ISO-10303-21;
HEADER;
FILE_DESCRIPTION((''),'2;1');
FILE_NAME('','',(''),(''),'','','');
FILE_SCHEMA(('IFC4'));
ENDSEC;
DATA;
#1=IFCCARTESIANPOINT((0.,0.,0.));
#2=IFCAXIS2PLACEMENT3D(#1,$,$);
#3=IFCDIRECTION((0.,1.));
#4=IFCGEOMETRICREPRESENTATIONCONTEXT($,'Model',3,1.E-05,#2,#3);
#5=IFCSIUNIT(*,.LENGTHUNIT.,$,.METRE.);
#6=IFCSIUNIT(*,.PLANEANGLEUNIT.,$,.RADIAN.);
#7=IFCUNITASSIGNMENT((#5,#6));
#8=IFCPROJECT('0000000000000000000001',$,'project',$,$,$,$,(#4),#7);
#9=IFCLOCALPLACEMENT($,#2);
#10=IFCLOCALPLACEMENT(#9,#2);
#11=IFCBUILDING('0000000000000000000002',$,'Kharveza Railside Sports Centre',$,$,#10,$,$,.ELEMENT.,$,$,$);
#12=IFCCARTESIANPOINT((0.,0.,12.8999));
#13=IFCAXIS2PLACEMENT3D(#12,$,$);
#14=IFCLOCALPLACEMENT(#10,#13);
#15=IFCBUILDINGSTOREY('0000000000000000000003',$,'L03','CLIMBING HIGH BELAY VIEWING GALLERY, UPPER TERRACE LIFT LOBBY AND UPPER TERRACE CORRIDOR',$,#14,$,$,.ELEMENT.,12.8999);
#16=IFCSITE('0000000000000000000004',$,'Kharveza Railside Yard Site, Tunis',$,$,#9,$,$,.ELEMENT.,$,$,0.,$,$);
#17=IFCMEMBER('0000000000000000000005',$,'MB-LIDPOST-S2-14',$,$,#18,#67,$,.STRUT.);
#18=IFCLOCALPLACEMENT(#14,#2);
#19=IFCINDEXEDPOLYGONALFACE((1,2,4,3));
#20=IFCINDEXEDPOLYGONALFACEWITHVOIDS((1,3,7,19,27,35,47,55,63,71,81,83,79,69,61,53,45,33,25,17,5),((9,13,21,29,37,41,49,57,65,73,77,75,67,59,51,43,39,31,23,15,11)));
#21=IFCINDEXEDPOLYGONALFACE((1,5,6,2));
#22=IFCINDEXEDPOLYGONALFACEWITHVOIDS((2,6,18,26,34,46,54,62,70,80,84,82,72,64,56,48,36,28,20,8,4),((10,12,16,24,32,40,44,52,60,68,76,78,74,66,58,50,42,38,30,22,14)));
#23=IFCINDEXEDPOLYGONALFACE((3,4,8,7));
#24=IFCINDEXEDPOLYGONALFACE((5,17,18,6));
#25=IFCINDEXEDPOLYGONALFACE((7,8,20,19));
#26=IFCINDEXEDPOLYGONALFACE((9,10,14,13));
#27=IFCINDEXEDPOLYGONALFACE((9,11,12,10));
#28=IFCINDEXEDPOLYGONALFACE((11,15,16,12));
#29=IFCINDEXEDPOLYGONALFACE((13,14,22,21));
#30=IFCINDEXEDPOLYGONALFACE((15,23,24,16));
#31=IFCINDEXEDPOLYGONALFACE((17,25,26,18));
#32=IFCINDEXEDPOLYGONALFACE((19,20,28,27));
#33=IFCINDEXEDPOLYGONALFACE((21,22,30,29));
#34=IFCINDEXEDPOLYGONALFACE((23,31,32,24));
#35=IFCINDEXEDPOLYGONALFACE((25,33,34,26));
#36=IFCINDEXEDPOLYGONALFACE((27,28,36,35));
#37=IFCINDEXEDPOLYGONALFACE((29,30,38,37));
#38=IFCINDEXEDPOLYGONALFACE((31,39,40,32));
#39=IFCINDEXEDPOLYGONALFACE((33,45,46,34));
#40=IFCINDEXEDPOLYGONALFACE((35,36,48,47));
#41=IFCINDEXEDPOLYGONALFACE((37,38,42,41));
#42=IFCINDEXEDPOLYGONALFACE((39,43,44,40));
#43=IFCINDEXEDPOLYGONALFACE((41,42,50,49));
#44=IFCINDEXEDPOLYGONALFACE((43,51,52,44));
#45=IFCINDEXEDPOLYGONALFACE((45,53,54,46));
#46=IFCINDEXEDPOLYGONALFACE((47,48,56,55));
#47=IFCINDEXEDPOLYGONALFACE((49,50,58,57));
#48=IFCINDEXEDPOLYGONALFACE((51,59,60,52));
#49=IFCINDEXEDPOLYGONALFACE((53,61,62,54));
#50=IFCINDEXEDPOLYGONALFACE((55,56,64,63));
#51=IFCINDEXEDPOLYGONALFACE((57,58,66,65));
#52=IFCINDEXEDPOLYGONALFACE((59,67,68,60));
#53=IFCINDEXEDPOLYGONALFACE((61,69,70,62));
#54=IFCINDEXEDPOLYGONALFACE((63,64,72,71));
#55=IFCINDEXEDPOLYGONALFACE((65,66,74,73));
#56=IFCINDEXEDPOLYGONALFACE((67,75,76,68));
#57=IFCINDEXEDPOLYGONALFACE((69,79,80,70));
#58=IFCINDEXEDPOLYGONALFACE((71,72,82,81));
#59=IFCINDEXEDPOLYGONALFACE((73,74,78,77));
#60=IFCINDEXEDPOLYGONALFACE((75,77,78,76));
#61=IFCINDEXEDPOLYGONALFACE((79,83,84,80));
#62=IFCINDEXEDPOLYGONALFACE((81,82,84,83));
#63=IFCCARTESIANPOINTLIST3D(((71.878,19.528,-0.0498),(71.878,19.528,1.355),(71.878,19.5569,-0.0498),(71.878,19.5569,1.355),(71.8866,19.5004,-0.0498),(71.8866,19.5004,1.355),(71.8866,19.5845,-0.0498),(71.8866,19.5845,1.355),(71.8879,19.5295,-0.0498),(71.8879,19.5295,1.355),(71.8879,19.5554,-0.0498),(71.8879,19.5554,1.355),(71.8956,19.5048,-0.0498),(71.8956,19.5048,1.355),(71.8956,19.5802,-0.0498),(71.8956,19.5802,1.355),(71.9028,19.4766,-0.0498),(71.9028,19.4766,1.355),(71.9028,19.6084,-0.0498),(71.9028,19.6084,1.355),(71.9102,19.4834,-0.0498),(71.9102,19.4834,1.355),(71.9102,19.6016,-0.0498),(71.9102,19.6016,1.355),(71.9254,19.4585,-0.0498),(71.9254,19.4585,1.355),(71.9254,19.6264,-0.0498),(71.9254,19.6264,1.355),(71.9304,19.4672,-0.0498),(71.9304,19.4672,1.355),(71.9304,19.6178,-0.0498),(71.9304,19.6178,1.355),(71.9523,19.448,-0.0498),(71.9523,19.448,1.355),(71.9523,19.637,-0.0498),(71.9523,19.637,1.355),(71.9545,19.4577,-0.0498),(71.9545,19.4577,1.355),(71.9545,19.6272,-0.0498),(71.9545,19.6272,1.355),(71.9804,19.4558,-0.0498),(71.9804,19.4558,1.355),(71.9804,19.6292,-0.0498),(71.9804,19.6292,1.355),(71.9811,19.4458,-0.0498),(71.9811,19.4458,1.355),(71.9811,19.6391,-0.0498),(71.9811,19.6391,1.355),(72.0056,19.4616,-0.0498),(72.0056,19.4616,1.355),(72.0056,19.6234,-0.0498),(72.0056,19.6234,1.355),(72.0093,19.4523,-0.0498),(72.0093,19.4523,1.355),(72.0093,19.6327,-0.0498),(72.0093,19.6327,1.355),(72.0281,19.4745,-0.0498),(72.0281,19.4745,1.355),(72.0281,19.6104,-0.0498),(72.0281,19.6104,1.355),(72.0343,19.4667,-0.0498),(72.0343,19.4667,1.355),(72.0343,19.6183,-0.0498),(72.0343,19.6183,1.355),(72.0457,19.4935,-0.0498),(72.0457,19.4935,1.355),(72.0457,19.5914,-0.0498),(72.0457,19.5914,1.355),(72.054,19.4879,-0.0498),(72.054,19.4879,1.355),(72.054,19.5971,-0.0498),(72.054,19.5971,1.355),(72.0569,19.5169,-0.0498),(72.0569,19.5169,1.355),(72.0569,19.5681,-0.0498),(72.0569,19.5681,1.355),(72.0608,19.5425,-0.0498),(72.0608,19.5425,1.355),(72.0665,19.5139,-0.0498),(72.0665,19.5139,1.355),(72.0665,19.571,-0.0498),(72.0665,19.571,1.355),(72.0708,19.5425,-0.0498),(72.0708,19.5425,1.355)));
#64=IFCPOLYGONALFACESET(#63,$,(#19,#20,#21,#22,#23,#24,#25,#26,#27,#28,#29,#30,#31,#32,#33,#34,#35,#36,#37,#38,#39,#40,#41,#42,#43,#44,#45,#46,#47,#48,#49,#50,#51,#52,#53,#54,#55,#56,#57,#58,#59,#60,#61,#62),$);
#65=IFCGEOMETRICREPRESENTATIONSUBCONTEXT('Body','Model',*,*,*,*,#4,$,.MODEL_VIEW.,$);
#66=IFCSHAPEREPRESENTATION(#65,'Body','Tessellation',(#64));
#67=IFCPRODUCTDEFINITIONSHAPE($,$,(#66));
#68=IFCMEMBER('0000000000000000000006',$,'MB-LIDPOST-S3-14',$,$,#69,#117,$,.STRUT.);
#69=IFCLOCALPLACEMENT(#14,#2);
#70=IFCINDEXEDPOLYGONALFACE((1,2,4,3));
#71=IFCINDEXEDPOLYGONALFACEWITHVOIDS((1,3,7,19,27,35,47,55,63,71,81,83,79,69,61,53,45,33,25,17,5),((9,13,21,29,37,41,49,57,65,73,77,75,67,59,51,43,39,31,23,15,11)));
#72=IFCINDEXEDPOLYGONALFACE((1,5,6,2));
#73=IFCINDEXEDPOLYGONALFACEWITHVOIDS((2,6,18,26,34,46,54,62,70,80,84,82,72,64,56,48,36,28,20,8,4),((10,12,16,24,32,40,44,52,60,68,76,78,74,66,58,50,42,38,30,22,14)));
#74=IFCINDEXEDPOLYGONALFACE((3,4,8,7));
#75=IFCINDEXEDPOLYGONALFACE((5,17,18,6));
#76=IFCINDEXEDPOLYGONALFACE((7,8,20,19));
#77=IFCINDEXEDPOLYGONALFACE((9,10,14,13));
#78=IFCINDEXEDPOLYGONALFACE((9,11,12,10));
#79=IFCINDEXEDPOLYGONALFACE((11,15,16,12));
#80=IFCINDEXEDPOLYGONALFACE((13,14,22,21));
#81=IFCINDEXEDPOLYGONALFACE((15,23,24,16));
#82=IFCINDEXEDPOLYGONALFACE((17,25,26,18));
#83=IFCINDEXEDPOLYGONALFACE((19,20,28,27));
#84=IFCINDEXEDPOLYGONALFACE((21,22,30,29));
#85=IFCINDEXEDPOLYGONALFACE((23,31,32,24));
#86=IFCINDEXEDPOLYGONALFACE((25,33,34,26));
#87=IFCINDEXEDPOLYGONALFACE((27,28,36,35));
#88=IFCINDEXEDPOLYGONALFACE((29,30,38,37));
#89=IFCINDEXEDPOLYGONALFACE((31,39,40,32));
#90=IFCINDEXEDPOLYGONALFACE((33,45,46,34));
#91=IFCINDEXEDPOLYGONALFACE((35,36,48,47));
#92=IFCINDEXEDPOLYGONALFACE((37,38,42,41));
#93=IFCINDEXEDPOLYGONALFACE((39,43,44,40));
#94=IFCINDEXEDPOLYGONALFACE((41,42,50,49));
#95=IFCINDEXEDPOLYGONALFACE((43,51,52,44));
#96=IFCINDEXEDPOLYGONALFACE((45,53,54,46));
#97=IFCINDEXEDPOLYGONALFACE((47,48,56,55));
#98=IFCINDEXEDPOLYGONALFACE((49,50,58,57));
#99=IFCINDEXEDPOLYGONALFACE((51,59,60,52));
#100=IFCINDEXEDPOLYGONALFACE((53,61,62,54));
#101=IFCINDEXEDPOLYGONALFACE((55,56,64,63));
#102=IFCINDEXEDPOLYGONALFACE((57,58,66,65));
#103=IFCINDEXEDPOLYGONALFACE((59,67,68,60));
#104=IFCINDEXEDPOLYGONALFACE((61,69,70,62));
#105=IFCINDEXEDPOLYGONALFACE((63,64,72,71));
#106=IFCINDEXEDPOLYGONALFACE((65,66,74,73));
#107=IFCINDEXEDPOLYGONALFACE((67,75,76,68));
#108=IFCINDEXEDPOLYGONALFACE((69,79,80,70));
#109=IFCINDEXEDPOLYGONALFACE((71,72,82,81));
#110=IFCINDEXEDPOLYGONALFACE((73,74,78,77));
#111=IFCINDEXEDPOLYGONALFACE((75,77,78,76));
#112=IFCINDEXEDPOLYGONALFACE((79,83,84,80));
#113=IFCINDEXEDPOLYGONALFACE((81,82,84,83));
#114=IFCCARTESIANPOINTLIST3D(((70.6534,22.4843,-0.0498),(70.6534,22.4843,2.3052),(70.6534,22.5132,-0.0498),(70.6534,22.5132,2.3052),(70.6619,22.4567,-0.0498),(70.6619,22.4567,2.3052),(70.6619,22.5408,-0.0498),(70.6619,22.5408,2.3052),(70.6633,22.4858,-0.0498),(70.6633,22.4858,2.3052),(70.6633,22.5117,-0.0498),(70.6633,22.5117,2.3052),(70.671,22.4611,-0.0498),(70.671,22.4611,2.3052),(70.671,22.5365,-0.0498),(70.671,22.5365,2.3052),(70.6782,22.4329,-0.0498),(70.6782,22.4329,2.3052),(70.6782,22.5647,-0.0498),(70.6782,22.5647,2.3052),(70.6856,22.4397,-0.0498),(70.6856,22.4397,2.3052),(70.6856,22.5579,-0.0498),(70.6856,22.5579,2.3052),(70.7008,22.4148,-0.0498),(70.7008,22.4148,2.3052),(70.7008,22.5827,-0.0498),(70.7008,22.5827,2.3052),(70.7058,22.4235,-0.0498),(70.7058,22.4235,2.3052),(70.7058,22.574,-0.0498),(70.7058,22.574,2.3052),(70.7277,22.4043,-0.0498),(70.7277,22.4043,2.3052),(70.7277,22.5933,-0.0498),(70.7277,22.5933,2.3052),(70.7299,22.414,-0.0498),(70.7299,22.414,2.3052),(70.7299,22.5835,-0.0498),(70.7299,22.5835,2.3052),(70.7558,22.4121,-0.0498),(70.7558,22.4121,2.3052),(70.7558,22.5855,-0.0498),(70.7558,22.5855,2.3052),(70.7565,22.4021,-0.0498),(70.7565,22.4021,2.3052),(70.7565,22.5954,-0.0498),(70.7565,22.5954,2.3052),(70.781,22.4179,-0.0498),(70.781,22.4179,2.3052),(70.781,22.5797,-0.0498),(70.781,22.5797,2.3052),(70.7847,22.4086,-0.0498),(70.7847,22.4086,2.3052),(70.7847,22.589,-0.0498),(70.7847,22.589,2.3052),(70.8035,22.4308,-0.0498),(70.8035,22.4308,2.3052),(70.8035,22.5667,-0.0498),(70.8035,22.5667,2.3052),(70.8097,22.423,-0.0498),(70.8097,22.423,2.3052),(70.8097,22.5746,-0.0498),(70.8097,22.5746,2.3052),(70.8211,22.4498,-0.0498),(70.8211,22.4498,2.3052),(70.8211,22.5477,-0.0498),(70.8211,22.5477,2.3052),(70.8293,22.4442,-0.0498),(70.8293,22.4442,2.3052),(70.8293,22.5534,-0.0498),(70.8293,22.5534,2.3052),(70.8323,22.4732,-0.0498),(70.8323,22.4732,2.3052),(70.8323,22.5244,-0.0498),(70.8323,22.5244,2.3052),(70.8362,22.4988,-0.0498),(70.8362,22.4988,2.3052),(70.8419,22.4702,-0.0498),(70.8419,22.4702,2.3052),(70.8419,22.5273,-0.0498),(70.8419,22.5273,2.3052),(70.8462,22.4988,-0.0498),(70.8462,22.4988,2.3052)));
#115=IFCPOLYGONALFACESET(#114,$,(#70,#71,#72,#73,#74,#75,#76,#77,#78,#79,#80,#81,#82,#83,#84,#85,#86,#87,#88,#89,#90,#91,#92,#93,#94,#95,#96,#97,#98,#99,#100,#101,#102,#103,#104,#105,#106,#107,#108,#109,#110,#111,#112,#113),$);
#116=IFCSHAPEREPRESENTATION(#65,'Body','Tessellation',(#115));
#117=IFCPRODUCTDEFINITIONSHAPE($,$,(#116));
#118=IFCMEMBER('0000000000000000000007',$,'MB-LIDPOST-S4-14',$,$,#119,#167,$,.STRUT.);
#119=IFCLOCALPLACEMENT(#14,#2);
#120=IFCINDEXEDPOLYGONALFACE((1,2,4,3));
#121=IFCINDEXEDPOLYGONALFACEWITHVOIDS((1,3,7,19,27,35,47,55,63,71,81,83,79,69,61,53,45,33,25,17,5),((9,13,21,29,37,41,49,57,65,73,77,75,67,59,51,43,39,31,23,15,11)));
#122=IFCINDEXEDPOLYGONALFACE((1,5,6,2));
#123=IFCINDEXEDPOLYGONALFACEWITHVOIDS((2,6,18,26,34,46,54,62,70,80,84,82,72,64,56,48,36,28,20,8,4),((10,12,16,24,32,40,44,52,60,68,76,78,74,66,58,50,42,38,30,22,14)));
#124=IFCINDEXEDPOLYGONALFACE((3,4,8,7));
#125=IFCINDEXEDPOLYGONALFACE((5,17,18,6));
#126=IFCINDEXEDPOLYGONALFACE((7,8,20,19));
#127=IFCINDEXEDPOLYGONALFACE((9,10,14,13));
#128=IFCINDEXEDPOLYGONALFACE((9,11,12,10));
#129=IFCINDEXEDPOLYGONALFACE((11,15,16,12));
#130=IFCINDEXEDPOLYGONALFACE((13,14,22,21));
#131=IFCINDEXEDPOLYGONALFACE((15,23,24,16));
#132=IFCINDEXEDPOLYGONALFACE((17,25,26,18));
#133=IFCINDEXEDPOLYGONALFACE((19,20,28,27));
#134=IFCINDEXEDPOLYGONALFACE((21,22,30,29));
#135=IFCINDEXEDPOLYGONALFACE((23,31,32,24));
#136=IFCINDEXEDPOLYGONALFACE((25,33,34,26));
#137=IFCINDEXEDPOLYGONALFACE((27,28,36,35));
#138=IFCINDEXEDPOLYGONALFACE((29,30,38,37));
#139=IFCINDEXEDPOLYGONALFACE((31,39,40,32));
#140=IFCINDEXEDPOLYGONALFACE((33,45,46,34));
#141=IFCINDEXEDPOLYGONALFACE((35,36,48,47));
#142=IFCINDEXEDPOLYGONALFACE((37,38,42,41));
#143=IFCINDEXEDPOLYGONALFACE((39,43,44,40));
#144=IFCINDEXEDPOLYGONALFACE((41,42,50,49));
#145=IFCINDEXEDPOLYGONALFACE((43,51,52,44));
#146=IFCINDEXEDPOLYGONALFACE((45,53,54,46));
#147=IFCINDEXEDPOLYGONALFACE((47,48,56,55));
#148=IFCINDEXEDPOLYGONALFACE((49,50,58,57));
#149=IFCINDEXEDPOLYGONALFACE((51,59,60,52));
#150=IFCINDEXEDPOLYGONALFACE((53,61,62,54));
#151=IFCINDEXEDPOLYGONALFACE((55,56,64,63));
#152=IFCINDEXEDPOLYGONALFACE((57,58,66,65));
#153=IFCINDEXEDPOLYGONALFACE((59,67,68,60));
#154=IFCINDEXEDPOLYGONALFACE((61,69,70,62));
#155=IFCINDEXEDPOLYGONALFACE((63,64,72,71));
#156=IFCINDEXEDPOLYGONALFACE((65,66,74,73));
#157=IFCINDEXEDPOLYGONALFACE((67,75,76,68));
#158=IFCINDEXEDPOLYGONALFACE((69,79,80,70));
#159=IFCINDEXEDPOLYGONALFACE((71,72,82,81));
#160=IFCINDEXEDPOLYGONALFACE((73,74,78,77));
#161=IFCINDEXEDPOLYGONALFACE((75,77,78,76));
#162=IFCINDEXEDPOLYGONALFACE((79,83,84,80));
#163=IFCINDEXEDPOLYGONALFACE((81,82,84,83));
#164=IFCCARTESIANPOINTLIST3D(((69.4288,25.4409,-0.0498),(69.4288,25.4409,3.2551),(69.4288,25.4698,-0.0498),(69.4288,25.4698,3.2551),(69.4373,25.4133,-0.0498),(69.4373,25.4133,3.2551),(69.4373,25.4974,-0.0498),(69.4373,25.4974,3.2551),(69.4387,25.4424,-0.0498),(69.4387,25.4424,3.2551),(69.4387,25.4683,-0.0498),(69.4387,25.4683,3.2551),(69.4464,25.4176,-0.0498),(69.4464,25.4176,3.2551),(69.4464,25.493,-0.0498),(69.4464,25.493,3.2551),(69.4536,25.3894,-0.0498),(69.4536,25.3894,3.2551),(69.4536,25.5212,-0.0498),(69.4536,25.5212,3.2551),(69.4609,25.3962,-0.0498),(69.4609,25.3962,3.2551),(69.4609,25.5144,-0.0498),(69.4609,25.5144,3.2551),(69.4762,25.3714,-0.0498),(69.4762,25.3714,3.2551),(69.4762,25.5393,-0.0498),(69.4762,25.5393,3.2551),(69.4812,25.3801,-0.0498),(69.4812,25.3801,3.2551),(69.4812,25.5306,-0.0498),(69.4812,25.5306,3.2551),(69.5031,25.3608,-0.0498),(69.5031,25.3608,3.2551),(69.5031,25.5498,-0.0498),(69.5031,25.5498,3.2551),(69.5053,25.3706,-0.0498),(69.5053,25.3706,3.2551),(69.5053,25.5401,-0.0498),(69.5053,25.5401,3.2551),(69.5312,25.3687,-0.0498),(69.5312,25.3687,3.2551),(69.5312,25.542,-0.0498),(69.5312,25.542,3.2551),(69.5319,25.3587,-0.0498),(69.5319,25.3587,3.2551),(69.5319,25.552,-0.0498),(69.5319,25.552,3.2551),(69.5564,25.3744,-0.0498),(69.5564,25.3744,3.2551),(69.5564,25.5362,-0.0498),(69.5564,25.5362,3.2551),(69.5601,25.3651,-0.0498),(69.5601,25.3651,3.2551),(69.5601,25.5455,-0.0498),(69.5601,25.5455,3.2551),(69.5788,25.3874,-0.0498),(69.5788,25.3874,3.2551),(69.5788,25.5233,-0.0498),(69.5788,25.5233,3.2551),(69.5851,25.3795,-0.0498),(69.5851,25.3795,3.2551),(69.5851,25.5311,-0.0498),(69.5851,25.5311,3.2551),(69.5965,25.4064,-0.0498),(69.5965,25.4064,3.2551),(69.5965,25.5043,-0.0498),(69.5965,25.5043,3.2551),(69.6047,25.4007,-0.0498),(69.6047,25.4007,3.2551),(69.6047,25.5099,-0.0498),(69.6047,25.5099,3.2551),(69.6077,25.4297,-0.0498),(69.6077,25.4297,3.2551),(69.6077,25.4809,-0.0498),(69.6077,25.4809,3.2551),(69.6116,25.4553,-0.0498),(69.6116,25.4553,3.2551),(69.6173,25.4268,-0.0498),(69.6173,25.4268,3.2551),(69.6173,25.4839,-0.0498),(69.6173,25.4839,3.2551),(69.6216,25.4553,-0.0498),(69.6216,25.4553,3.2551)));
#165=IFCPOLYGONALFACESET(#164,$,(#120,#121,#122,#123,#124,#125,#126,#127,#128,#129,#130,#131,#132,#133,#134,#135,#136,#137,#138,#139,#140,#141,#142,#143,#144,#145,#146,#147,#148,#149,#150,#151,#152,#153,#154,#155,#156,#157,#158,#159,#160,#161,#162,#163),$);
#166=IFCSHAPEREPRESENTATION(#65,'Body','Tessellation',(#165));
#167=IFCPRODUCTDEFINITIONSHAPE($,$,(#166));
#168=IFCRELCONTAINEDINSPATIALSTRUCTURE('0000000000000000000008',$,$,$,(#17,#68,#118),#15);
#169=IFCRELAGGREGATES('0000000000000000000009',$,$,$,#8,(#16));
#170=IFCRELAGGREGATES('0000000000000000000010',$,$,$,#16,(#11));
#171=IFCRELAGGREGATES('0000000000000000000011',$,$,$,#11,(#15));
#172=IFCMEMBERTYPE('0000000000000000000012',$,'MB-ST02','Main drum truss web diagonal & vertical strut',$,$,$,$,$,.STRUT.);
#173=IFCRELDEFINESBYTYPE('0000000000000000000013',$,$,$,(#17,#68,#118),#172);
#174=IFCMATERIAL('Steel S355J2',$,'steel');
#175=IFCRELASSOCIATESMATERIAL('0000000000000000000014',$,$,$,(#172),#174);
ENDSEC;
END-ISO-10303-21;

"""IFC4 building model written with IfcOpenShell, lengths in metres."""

from ifc_helpers import new_model, si_unit, direction, frame, origin, origin_2d, place, context, subcontext, project, spatial, hollow_circle, extrude, material, material_profile, profile_set, type_object, element, save


model = new_model("IFC4")

# Units and contexts
model_context = context("Model", 3, precision=1e-05, world=origin(), true_north=direction((0.0, 1.0)))
body_context = subcontext(model_context, "Body", "Model", "MODEL_VIEW")
ifc_project = project(units=[si_unit("LENGTHUNIT", "METRE"), si_unit("PLANEANGLEUNIT", "RADIAN")], contexts=[model_context])

# Site, building, storey
site_placement = place(None, origin())
site = spatial("IfcSite", under=ifc_project, at=site_placement, Name="Kharveza Railside Yard Site, Tunis", CompositionType="ELEMENT", RefElevation=0.0)
building_placement = place(site_placement, origin())
building = spatial("IfcBuilding", under=site, at=building_placement, Name="Kharveza Railside Sports Centre", CompositionType="ELEMENT")
storey_placement = place(building_placement, frame((0.0, 0.0, 12.8999)))
storey = spatial("IfcBuildingStorey", under=building, at=storey_placement, Name="L03", Description="CLIMBING HIGH BELAY VIEWING GALLERY, UPPER TERRACE LIFT LOBBY AND UPPER TERRACE CORRIDOR", CompositionType="ELEMENT", Elevation=12.8999)

# Shared definitions
ifc_material_1 = material(Name="Steel S355J2", Category="steel")

# Members
ifc_material_profile_1 = material_profile(ifc_material_1, hollow_circle(Radius=0.0969, WallThickness=0.01, at=origin_2d()), Name="CHS 193.7x10.0")
ifc_profile_set_1 = profile_set([ifc_material_profile_1], Name="Steel S355J2")
member_type_1 = type_object("IfcMemberType", Name="MB-ST02", Description="Main drum truss web diagonal & vertical strut", PredefinedType="STRUT", material=ifc_profile_set_1)
member_1_placement = place(storey_placement, frame((71.9739, 19.5425, -0.0498), z_axis=(0.0, 0.0, 1.0), x_axis=(1.0, 0.0, 0.0)))
element("IfcMember", 1, at=member_1_placement, inside=storey, type_object=member_type_1, Name="MB-LIDPOST-S2-14", PredefinedType="STRUT", context=body_context, shape_type="SweptSolid", body=[
    extrude(hollow_circle(Radius=0.0969, WallThickness=0.01, at=origin_2d()), origin(), (0.0, 0.0, 1.0), 1.4048),
])
member_2_placement = place(storey_placement, frame((70.7493, 22.4988, -0.0498), z_axis=(0.0, 0.0, 1.0), x_axis=(1.0, 0.0, 0.0)))
element("IfcMember", 2, at=member_2_placement, inside=storey, type_object=member_type_1, Name="MB-LIDPOST-S3-14", PredefinedType="STRUT", context=body_context, shape_type="SweptSolid", body=[
    extrude(hollow_circle(Radius=0.0969, WallThickness=0.01, at=origin_2d()), origin(), (0.0, 0.0, 1.0), 2.355),
])
member_3_placement = place(storey_placement, frame((69.5247, 25.4553, -0.0498), z_axis=(0.0, 0.0, 1.0), x_axis=(1.0, 0.0, 0.0)))
element("IfcMember", 3, at=member_3_placement, inside=storey, type_object=member_type_1, Name="MB-LIDPOST-S4-14", PredefinedType="STRUT", context=body_context, shape_type="SweptSolid", body=[
    extrude(hollow_circle(Radius=0.0969, WallThickness=0.01, at=origin_2d()), origin(), (0.0, 0.0, 1.0), 3.3049),
])

save(model, "model.ifc")
